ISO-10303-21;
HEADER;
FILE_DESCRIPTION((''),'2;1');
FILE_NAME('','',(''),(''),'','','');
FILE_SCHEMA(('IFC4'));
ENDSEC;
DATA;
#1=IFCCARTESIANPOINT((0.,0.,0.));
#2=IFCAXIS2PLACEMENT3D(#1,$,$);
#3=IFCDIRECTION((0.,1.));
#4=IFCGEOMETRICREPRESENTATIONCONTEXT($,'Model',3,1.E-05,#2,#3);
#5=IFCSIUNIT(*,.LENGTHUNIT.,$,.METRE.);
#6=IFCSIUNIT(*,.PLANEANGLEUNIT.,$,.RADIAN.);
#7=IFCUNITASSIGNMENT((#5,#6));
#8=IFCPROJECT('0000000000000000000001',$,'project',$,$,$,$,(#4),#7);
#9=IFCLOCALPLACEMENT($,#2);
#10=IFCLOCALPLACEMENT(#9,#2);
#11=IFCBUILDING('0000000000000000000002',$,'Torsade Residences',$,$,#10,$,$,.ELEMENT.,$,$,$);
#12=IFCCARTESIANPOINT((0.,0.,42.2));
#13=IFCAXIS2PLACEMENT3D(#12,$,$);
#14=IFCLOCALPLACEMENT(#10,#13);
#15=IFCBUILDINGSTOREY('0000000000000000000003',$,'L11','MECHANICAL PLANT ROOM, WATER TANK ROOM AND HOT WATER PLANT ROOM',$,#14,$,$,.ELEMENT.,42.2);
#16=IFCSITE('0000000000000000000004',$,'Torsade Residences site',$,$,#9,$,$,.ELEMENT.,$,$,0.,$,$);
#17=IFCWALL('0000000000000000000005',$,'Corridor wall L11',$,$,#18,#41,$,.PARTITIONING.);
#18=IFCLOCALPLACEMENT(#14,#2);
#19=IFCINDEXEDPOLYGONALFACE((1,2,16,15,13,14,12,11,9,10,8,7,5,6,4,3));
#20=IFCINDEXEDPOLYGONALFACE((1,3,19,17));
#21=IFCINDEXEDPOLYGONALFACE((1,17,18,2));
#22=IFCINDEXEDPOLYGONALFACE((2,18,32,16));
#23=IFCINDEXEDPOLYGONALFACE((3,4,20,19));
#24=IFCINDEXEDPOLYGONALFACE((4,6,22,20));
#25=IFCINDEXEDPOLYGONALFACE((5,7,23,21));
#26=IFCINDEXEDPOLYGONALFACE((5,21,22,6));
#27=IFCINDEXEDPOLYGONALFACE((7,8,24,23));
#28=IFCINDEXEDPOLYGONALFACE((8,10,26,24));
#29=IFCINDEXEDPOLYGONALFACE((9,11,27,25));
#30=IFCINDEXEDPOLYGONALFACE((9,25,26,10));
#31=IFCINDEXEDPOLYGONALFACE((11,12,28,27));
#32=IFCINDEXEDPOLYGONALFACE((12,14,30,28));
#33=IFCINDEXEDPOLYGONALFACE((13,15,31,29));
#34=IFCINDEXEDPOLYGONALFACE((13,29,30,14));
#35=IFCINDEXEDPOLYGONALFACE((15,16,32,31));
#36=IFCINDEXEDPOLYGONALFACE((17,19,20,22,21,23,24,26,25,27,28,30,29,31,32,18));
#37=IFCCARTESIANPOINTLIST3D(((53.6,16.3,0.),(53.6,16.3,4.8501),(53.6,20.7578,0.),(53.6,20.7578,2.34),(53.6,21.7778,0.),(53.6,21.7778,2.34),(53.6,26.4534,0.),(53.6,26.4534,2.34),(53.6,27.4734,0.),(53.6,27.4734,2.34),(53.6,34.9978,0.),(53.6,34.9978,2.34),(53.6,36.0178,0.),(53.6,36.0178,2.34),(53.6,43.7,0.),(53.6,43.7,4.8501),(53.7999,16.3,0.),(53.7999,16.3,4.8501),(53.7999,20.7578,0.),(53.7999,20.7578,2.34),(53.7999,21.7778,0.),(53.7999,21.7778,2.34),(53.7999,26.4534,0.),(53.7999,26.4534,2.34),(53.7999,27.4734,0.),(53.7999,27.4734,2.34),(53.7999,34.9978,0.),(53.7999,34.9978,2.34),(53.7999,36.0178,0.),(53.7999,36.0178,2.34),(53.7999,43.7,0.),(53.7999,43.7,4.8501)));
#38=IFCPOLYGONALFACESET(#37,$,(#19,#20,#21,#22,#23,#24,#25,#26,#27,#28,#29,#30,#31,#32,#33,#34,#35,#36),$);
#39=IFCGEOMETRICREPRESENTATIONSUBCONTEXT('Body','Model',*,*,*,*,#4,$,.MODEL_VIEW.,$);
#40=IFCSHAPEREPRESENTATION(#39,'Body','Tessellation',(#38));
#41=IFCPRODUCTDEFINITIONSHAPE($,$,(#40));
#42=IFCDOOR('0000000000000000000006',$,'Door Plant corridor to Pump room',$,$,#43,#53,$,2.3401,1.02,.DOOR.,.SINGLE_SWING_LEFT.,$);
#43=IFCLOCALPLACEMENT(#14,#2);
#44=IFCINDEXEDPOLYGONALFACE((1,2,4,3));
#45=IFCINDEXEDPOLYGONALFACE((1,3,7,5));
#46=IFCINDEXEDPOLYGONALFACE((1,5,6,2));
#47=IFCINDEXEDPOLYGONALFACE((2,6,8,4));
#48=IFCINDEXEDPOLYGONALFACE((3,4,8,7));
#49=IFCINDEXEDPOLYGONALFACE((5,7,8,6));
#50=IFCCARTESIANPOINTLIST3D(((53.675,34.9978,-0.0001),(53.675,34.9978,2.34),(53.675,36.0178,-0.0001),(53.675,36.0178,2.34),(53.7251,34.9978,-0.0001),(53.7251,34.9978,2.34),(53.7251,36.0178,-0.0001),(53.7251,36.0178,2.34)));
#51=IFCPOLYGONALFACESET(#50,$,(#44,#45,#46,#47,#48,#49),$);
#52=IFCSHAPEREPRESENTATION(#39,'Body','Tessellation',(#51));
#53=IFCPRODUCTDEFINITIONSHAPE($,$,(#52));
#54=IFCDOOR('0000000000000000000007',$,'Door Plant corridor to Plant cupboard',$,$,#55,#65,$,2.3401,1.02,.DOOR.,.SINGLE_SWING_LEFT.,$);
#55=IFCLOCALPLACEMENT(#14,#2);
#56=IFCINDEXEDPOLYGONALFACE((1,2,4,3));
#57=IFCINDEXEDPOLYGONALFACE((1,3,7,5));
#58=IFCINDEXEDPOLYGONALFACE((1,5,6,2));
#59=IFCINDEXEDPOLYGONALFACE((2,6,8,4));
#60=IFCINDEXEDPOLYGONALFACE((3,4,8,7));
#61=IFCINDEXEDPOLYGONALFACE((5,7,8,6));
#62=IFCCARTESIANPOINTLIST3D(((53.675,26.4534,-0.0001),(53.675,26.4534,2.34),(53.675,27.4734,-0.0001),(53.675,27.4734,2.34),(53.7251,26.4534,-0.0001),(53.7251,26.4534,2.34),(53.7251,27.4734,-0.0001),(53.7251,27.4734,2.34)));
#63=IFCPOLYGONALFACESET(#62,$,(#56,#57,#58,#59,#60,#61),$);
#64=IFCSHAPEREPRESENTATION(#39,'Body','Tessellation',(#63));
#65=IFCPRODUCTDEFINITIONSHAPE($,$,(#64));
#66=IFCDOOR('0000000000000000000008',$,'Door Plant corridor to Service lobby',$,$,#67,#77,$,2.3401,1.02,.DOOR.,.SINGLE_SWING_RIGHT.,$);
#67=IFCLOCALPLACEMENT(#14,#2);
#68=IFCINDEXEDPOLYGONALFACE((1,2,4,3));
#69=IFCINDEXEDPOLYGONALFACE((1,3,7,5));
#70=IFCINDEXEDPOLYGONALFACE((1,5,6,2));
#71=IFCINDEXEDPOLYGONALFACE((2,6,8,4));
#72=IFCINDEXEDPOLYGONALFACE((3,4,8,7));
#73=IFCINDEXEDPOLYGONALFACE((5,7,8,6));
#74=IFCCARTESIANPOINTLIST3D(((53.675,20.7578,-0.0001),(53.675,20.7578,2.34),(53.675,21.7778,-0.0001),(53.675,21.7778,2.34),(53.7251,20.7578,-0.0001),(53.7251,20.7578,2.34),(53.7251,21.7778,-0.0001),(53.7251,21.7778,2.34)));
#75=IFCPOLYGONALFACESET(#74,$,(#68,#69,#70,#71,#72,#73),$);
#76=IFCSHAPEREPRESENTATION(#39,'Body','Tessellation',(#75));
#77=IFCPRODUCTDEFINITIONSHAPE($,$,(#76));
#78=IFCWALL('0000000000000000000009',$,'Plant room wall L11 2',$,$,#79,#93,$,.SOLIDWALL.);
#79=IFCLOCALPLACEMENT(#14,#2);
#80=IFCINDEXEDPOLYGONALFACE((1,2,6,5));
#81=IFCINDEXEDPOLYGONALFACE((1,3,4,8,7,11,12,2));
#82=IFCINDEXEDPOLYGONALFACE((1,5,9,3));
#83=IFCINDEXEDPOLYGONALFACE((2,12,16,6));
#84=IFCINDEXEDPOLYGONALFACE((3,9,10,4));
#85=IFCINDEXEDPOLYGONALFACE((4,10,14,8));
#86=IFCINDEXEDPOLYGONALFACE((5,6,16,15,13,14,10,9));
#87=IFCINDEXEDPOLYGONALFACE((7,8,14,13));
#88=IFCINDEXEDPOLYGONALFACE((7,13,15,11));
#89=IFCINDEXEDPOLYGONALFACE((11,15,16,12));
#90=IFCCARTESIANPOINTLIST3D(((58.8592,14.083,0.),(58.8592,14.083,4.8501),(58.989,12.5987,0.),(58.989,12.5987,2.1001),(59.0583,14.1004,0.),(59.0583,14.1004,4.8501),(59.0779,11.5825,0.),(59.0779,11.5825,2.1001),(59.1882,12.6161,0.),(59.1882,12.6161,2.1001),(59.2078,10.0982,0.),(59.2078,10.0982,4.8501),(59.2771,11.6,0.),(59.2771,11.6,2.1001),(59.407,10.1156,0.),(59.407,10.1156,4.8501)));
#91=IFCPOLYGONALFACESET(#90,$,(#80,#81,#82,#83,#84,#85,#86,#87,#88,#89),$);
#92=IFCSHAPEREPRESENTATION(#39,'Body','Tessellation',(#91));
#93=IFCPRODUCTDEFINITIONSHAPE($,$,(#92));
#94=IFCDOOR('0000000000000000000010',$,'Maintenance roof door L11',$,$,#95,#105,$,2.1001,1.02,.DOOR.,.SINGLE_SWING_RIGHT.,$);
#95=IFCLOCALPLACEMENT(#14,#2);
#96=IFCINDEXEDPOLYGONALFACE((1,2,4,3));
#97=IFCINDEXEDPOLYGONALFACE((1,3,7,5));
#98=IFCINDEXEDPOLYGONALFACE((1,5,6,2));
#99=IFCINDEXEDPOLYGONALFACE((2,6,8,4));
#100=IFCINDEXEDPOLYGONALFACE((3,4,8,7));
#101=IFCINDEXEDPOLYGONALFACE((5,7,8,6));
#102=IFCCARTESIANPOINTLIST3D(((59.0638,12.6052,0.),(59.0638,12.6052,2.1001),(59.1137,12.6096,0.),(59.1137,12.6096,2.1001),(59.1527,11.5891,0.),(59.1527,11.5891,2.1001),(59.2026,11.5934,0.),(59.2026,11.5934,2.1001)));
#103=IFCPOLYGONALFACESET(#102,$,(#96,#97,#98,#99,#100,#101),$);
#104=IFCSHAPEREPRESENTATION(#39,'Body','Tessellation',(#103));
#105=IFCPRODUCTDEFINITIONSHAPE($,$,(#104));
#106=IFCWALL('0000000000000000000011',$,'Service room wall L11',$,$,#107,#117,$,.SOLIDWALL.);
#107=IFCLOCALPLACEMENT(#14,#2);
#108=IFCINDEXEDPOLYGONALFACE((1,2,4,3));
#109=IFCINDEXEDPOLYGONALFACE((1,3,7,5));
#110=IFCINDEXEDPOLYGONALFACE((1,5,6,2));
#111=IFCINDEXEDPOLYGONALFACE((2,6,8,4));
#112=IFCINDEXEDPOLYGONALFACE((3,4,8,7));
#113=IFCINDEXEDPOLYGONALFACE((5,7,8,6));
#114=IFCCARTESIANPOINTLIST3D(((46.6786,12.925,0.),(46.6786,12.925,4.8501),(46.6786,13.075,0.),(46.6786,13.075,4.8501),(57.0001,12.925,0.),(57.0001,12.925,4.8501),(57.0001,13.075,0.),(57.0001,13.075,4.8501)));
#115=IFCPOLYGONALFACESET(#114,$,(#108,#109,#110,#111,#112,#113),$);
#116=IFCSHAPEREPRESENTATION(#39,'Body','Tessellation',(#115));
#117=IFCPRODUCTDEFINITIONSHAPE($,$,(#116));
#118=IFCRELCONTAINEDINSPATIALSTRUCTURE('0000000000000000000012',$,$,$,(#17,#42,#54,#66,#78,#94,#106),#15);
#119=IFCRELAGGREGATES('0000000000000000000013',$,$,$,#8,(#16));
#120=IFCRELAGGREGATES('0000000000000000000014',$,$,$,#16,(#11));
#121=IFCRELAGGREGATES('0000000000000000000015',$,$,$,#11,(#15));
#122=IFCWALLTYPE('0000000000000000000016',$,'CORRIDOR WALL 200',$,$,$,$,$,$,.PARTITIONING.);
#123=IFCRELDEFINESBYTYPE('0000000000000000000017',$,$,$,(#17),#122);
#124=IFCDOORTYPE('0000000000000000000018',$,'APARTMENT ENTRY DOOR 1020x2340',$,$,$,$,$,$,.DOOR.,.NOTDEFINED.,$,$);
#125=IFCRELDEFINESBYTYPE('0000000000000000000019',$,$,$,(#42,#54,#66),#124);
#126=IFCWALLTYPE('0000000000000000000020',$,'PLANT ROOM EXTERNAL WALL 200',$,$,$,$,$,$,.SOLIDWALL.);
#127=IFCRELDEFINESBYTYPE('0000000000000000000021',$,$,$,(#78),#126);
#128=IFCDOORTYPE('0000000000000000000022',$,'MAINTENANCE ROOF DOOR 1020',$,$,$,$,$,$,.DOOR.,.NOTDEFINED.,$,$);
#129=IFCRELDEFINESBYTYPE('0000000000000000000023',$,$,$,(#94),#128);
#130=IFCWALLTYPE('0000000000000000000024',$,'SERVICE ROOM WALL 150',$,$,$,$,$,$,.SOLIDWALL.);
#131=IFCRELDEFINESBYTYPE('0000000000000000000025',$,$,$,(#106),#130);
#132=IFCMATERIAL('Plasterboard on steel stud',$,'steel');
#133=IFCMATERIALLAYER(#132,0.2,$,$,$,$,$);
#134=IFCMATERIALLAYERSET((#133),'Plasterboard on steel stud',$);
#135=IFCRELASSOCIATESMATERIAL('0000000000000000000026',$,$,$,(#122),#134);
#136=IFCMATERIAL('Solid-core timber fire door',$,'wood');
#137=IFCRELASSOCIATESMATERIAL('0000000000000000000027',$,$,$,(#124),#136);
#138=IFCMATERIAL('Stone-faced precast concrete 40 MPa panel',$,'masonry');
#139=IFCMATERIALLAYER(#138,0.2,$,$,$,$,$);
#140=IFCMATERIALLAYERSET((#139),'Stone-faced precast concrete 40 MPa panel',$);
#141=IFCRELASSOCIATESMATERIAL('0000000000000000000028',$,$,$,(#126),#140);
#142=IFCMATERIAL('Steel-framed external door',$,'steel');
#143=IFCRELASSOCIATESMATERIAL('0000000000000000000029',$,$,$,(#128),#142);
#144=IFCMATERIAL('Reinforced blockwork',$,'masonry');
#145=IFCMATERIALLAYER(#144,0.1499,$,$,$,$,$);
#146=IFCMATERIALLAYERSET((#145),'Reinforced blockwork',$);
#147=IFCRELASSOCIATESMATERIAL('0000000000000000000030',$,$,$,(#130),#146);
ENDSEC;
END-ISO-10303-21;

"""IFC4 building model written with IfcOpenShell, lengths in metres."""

from ifc_helpers import new_model, si_unit, direction, frame, frame_2d, origin, place, context, subcontext, project, spatial, rectangle, extrude, material, layer, layer_set, type_object, element, fill, save


model = new_model("IFC4")

# Units and contexts
model_context = context("Model", 3, precision=1e-05, world=origin(), true_north=direction((0.0, 1.0)))
body_context = subcontext(model_context, "Body", "Model", "MODEL_VIEW")
ifc_project = project(units=[si_unit("LENGTHUNIT", "METRE"), si_unit("PLANEANGLEUNIT", "RADIAN")], contexts=[model_context])

# Site, building, storey
site_placement = place(None, origin())
site = spatial("IfcSite", under=ifc_project, at=site_placement, Name="Torsade Residences site", CompositionType="ELEMENT", RefElevation=0.0)
building_placement = place(site_placement, origin())
building = spatial("IfcBuilding", under=site, at=building_placement, Name="Torsade Residences", CompositionType="ELEMENT")
storey_placement = place(building_placement, frame((0.0, 0.0, 42.2)))
storey = spatial("IfcBuildingStorey", under=building, at=storey_placement, Name="L11", Description="MECHANICAL PLANT ROOM, WATER TANK ROOM AND HOT WATER PLANT ROOM", CompositionType="ELEMENT", Elevation=42.2)

# Wall, openings, doors
ifc_material_1 = material(Name="Plasterboard on steel stud", Category="steel")
ifc_layer_1 = layer(ifc_material_1, 0.2)
ifc_layer_set_1 = layer_set([ifc_layer_1], Name="Plasterboard on steel stud")
wall_type_1 = type_object("IfcWallType", Name="CORRIDOR WALL 200", PredefinedType="PARTITIONING", material=ifc_layer_set_1)
wall_1_placement = place(storey_placement, frame((53.7, 16.3, 0.0), z_axis=(0.0, 0.0, 1.0), x_axis=(0.0, 1.0, 0.0)))
wall_1 = element("IfcWall", 1, at=wall_1_placement, inside=storey, type_object=wall_type_1, Name="Corridor wall L11", PredefinedType="PARTITIONING", context=body_context, shape_type="SweptSolid", body=[
    extrude(rectangle(XDim=27.3999, YDim=0.2, at=frame_2d((13.7, 0.0))), origin(), (0.0, 0.0, 1.0), 4.8501),
])
opening_1_placement = place(wall_1_placement, frame((18.6978, 0.0, 0.0)))
opening_1 = element("IfcOpeningElement", 2, at=opening_1_placement, cuts=wall_1, PredefinedType="OPENING", context=body_context, shape_type="SweptSolid", body=[
    extrude(rectangle(XDim=1.02, YDim=2.3401, at=frame_2d((0.51, 1.1699))), frame((0.0, 0.1099, 0.0), z_axis=(0.0, -1.0, 0.0), x_axis=(1.0, 0.0, 0.0)), (0.0, 0.0, 1.0), 0.22),
])
opening_2_placement = place(wall_1_placement, frame((10.1533, 0.0, 0.0)))
opening_2 = element("IfcOpeningElement", 3, at=opening_2_placement, cuts=wall_1, PredefinedType="OPENING", context=body_context, shape_type="SweptSolid", body=[
    extrude(rectangle(XDim=1.02, YDim=2.3401, at=frame_2d((0.51, 1.1699))), frame((0.0, 0.1099, 0.0), z_axis=(0.0, -1.0, 0.0), x_axis=(1.0, 0.0, 0.0)), (0.0, 0.0, 1.0), 0.22),
])
opening_3_placement = place(wall_1_placement, frame((4.4578, 0.0, 0.0)))
opening_3 = element("IfcOpeningElement", 4, at=opening_3_placement, cuts=wall_1, PredefinedType="OPENING", context=body_context, shape_type="SweptSolid", body=[
    extrude(rectangle(XDim=1.02, YDim=2.3401, at=frame_2d((0.51, 1.1699))), frame((0.0, 0.1099, 0.0), z_axis=(0.0, -1.0, 0.0), x_axis=(1.0, 0.0, 0.0)), (0.0, 0.0, 1.0), 0.22),
])
ifc_material_2 = material(Name="Solid-core timber fire door", Category="wood")
door_type_1 = type_object("IfcDoorType", Name="APARTMENT ENTRY DOOR 1020x2340", OperationType="NOTDEFINED", PredefinedType="DOOR", material=ifc_material_2)
door_1_placement = place(opening_1_placement, origin())
door_1 = element("IfcDoor", 5, at=door_1_placement, inside=storey, type_object=door_type_1, Name="Door Plant corridor to Pump room", OperationType="SINGLE_SWING_LEFT", OverallHeight=2.3401, OverallWidth=1.02, PredefinedType="DOOR", context=body_context, shape_type="SweptSolid", body=[
    extrude(rectangle(XDim=1.02, YDim=2.3401, at=frame_2d((0.51, 1.1699))), frame((0.0, 0.0249, 0.0), z_axis=(0.0, -1.0, 0.0), x_axis=(1.0, 0.0, 0.0)), (0.0, 0.0, 1.0), 0.05),
])
fill(opening_1, door_1)
door_2_placement = place(opening_2_placement, origin())
door_2 = element("IfcDoor", 6, at=door_2_placement, inside=storey, type_object=door_type_1, Name="Door Plant corridor to Plant cupboard", OperationType="SINGLE_SWING_LEFT", OverallHeight=2.3401, OverallWidth=1.02, PredefinedType="DOOR", context=body_context, shape_type="SweptSolid", body=[
    extrude(rectangle(XDim=1.02, YDim=2.3401, at=frame_2d((0.51, 1.1699))), frame((0.0, 0.0249, 0.0), z_axis=(0.0, -1.0, 0.0), x_axis=(1.0, 0.0, 0.0)), (0.0, 0.0, 1.0), 0.05),
])
fill(opening_2, door_2)
door_3_placement = place(opening_3_placement, origin())
door_3 = element("IfcDoor", 7, at=door_3_placement, inside=storey, type_object=door_type_1, Name="Door Plant corridor to Service lobby", OperationType="SINGLE_SWING_RIGHT", OverallHeight=2.3401, OverallWidth=1.02, PredefinedType="DOOR", context=body_context, shape_type="SweptSolid", body=[
    extrude(rectangle(XDim=1.02, YDim=2.3401, at=frame_2d((0.51, 1.1699))), frame((0.0, 0.0249, 0.0), z_axis=(0.0, -1.0, 0.0), x_axis=(1.0, 0.0, 0.0)), (0.0, 0.0, 1.0), 0.05),
])
fill(opening_3, door_3)

# Wall, opening, door
ifc_material_3 = material(Name="Stone-faced precast concrete 40 MPa panel", Category="masonry")
ifc_layer_2 = layer(ifc_material_3, 0.2)
ifc_layer_set_2 = layer_set([ifc_layer_2], Name="Stone-faced precast concrete 40 MPa panel")
wall_type_2 = type_object("IfcWallType", Name="PLANT ROOM EXTERNAL WALL 200", PredefinedType="SOLIDWALL", material=ifc_layer_set_2)
wall_2_placement = place(storey_placement, frame((59.3074, 10.1069, 0.0), z_axis=(0.0, 0.0, 1.0), x_axis=(-0.087156, 0.996195, 0.0)))
wall_2 = element("IfcWall", 8, at=wall_2_placement, inside=storey, type_object=wall_type_2, Name="Plant room wall L11 2", PredefinedType="SOLIDWALL", context=body_context, shape_type="SweptSolid", body=[
    extrude(rectangle(XDim=4.0, YDim=0.2, at=frame_2d((2.0, 0.0))), origin(), (0.0, 0.0, 1.0), 4.8501),
])
opening_4_placement = place(wall_2_placement, frame((1.49, 0.0, 0.0)))
opening_4 = element("IfcOpeningElement", 9, at=opening_4_placement, cuts=wall_2, PredefinedType="OPENING", context=body_context, shape_type="SweptSolid", body=[
    extrude(rectangle(XDim=1.02, YDim=2.1001, at=frame_2d((0.51, 1.05))), frame((0.0, 0.1099, 0.0), z_axis=(0.0, -1.0, 0.0), x_axis=(1.0, 0.0, 0.0)), (0.0, 0.0, 1.0), 0.22),
])
ifc_material_4 = material(Name="Steel-framed external door", Category="steel")
door_type_2 = type_object("IfcDoorType", Name="MAINTENANCE ROOF DOOR 1020", OperationType="NOTDEFINED", PredefinedType="DOOR", material=ifc_material_4)
door_4_placement = place(opening_4_placement, origin())
door_4 = element("IfcDoor", 10, at=door_4_placement, inside=storey, type_object=door_type_2, Name="Maintenance roof door L11", OperationType="SINGLE_SWING_RIGHT", OverallHeight=2.1001, OverallWidth=1.02, PredefinedType="DOOR", context=body_context, shape_type="SweptSolid", body=[
    extrude(rectangle(XDim=1.02, YDim=2.1001, at=frame_2d((0.51, 1.05))), frame((0.0, 0.0249, 0.0), z_axis=(0.0, -1.0, 0.0), x_axis=(1.0, 0.0, 0.0)), (0.0, 0.0, 1.0), 0.05),
])
fill(opening_4, door_4)

# Wall
ifc_material_5 = material(Name="Reinforced blockwork", Category="masonry")
ifc_layer_3 = layer(ifc_material_5, 0.1499)
ifc_layer_set_3 = layer_set([ifc_layer_3], Name="Reinforced blockwork")
wall_type_3 = type_object("IfcWallType", Name="SERVICE ROOM WALL 150", PredefinedType="SOLIDWALL", material=ifc_layer_set_3)
wall_3_placement = place(storey_placement, frame((57.0, 13.0, 0.0), z_axis=(0.0, 0.0, 1.0), x_axis=(-1.0, 0.0, 0.0)))
element("IfcWall", 11, at=wall_3_placement, inside=storey, type_object=wall_type_3, Name="Service room wall L11", PredefinedType="SOLIDWALL", context=body_context, shape_type="SweptSolid", body=[
    extrude(rectangle(XDim=10.3215, YDim=0.1499, at=frame_2d((5.1606, 0.0))), origin(), (0.0, 0.0, 1.0), 4.8501),
])

save(model, "model.ifc")
